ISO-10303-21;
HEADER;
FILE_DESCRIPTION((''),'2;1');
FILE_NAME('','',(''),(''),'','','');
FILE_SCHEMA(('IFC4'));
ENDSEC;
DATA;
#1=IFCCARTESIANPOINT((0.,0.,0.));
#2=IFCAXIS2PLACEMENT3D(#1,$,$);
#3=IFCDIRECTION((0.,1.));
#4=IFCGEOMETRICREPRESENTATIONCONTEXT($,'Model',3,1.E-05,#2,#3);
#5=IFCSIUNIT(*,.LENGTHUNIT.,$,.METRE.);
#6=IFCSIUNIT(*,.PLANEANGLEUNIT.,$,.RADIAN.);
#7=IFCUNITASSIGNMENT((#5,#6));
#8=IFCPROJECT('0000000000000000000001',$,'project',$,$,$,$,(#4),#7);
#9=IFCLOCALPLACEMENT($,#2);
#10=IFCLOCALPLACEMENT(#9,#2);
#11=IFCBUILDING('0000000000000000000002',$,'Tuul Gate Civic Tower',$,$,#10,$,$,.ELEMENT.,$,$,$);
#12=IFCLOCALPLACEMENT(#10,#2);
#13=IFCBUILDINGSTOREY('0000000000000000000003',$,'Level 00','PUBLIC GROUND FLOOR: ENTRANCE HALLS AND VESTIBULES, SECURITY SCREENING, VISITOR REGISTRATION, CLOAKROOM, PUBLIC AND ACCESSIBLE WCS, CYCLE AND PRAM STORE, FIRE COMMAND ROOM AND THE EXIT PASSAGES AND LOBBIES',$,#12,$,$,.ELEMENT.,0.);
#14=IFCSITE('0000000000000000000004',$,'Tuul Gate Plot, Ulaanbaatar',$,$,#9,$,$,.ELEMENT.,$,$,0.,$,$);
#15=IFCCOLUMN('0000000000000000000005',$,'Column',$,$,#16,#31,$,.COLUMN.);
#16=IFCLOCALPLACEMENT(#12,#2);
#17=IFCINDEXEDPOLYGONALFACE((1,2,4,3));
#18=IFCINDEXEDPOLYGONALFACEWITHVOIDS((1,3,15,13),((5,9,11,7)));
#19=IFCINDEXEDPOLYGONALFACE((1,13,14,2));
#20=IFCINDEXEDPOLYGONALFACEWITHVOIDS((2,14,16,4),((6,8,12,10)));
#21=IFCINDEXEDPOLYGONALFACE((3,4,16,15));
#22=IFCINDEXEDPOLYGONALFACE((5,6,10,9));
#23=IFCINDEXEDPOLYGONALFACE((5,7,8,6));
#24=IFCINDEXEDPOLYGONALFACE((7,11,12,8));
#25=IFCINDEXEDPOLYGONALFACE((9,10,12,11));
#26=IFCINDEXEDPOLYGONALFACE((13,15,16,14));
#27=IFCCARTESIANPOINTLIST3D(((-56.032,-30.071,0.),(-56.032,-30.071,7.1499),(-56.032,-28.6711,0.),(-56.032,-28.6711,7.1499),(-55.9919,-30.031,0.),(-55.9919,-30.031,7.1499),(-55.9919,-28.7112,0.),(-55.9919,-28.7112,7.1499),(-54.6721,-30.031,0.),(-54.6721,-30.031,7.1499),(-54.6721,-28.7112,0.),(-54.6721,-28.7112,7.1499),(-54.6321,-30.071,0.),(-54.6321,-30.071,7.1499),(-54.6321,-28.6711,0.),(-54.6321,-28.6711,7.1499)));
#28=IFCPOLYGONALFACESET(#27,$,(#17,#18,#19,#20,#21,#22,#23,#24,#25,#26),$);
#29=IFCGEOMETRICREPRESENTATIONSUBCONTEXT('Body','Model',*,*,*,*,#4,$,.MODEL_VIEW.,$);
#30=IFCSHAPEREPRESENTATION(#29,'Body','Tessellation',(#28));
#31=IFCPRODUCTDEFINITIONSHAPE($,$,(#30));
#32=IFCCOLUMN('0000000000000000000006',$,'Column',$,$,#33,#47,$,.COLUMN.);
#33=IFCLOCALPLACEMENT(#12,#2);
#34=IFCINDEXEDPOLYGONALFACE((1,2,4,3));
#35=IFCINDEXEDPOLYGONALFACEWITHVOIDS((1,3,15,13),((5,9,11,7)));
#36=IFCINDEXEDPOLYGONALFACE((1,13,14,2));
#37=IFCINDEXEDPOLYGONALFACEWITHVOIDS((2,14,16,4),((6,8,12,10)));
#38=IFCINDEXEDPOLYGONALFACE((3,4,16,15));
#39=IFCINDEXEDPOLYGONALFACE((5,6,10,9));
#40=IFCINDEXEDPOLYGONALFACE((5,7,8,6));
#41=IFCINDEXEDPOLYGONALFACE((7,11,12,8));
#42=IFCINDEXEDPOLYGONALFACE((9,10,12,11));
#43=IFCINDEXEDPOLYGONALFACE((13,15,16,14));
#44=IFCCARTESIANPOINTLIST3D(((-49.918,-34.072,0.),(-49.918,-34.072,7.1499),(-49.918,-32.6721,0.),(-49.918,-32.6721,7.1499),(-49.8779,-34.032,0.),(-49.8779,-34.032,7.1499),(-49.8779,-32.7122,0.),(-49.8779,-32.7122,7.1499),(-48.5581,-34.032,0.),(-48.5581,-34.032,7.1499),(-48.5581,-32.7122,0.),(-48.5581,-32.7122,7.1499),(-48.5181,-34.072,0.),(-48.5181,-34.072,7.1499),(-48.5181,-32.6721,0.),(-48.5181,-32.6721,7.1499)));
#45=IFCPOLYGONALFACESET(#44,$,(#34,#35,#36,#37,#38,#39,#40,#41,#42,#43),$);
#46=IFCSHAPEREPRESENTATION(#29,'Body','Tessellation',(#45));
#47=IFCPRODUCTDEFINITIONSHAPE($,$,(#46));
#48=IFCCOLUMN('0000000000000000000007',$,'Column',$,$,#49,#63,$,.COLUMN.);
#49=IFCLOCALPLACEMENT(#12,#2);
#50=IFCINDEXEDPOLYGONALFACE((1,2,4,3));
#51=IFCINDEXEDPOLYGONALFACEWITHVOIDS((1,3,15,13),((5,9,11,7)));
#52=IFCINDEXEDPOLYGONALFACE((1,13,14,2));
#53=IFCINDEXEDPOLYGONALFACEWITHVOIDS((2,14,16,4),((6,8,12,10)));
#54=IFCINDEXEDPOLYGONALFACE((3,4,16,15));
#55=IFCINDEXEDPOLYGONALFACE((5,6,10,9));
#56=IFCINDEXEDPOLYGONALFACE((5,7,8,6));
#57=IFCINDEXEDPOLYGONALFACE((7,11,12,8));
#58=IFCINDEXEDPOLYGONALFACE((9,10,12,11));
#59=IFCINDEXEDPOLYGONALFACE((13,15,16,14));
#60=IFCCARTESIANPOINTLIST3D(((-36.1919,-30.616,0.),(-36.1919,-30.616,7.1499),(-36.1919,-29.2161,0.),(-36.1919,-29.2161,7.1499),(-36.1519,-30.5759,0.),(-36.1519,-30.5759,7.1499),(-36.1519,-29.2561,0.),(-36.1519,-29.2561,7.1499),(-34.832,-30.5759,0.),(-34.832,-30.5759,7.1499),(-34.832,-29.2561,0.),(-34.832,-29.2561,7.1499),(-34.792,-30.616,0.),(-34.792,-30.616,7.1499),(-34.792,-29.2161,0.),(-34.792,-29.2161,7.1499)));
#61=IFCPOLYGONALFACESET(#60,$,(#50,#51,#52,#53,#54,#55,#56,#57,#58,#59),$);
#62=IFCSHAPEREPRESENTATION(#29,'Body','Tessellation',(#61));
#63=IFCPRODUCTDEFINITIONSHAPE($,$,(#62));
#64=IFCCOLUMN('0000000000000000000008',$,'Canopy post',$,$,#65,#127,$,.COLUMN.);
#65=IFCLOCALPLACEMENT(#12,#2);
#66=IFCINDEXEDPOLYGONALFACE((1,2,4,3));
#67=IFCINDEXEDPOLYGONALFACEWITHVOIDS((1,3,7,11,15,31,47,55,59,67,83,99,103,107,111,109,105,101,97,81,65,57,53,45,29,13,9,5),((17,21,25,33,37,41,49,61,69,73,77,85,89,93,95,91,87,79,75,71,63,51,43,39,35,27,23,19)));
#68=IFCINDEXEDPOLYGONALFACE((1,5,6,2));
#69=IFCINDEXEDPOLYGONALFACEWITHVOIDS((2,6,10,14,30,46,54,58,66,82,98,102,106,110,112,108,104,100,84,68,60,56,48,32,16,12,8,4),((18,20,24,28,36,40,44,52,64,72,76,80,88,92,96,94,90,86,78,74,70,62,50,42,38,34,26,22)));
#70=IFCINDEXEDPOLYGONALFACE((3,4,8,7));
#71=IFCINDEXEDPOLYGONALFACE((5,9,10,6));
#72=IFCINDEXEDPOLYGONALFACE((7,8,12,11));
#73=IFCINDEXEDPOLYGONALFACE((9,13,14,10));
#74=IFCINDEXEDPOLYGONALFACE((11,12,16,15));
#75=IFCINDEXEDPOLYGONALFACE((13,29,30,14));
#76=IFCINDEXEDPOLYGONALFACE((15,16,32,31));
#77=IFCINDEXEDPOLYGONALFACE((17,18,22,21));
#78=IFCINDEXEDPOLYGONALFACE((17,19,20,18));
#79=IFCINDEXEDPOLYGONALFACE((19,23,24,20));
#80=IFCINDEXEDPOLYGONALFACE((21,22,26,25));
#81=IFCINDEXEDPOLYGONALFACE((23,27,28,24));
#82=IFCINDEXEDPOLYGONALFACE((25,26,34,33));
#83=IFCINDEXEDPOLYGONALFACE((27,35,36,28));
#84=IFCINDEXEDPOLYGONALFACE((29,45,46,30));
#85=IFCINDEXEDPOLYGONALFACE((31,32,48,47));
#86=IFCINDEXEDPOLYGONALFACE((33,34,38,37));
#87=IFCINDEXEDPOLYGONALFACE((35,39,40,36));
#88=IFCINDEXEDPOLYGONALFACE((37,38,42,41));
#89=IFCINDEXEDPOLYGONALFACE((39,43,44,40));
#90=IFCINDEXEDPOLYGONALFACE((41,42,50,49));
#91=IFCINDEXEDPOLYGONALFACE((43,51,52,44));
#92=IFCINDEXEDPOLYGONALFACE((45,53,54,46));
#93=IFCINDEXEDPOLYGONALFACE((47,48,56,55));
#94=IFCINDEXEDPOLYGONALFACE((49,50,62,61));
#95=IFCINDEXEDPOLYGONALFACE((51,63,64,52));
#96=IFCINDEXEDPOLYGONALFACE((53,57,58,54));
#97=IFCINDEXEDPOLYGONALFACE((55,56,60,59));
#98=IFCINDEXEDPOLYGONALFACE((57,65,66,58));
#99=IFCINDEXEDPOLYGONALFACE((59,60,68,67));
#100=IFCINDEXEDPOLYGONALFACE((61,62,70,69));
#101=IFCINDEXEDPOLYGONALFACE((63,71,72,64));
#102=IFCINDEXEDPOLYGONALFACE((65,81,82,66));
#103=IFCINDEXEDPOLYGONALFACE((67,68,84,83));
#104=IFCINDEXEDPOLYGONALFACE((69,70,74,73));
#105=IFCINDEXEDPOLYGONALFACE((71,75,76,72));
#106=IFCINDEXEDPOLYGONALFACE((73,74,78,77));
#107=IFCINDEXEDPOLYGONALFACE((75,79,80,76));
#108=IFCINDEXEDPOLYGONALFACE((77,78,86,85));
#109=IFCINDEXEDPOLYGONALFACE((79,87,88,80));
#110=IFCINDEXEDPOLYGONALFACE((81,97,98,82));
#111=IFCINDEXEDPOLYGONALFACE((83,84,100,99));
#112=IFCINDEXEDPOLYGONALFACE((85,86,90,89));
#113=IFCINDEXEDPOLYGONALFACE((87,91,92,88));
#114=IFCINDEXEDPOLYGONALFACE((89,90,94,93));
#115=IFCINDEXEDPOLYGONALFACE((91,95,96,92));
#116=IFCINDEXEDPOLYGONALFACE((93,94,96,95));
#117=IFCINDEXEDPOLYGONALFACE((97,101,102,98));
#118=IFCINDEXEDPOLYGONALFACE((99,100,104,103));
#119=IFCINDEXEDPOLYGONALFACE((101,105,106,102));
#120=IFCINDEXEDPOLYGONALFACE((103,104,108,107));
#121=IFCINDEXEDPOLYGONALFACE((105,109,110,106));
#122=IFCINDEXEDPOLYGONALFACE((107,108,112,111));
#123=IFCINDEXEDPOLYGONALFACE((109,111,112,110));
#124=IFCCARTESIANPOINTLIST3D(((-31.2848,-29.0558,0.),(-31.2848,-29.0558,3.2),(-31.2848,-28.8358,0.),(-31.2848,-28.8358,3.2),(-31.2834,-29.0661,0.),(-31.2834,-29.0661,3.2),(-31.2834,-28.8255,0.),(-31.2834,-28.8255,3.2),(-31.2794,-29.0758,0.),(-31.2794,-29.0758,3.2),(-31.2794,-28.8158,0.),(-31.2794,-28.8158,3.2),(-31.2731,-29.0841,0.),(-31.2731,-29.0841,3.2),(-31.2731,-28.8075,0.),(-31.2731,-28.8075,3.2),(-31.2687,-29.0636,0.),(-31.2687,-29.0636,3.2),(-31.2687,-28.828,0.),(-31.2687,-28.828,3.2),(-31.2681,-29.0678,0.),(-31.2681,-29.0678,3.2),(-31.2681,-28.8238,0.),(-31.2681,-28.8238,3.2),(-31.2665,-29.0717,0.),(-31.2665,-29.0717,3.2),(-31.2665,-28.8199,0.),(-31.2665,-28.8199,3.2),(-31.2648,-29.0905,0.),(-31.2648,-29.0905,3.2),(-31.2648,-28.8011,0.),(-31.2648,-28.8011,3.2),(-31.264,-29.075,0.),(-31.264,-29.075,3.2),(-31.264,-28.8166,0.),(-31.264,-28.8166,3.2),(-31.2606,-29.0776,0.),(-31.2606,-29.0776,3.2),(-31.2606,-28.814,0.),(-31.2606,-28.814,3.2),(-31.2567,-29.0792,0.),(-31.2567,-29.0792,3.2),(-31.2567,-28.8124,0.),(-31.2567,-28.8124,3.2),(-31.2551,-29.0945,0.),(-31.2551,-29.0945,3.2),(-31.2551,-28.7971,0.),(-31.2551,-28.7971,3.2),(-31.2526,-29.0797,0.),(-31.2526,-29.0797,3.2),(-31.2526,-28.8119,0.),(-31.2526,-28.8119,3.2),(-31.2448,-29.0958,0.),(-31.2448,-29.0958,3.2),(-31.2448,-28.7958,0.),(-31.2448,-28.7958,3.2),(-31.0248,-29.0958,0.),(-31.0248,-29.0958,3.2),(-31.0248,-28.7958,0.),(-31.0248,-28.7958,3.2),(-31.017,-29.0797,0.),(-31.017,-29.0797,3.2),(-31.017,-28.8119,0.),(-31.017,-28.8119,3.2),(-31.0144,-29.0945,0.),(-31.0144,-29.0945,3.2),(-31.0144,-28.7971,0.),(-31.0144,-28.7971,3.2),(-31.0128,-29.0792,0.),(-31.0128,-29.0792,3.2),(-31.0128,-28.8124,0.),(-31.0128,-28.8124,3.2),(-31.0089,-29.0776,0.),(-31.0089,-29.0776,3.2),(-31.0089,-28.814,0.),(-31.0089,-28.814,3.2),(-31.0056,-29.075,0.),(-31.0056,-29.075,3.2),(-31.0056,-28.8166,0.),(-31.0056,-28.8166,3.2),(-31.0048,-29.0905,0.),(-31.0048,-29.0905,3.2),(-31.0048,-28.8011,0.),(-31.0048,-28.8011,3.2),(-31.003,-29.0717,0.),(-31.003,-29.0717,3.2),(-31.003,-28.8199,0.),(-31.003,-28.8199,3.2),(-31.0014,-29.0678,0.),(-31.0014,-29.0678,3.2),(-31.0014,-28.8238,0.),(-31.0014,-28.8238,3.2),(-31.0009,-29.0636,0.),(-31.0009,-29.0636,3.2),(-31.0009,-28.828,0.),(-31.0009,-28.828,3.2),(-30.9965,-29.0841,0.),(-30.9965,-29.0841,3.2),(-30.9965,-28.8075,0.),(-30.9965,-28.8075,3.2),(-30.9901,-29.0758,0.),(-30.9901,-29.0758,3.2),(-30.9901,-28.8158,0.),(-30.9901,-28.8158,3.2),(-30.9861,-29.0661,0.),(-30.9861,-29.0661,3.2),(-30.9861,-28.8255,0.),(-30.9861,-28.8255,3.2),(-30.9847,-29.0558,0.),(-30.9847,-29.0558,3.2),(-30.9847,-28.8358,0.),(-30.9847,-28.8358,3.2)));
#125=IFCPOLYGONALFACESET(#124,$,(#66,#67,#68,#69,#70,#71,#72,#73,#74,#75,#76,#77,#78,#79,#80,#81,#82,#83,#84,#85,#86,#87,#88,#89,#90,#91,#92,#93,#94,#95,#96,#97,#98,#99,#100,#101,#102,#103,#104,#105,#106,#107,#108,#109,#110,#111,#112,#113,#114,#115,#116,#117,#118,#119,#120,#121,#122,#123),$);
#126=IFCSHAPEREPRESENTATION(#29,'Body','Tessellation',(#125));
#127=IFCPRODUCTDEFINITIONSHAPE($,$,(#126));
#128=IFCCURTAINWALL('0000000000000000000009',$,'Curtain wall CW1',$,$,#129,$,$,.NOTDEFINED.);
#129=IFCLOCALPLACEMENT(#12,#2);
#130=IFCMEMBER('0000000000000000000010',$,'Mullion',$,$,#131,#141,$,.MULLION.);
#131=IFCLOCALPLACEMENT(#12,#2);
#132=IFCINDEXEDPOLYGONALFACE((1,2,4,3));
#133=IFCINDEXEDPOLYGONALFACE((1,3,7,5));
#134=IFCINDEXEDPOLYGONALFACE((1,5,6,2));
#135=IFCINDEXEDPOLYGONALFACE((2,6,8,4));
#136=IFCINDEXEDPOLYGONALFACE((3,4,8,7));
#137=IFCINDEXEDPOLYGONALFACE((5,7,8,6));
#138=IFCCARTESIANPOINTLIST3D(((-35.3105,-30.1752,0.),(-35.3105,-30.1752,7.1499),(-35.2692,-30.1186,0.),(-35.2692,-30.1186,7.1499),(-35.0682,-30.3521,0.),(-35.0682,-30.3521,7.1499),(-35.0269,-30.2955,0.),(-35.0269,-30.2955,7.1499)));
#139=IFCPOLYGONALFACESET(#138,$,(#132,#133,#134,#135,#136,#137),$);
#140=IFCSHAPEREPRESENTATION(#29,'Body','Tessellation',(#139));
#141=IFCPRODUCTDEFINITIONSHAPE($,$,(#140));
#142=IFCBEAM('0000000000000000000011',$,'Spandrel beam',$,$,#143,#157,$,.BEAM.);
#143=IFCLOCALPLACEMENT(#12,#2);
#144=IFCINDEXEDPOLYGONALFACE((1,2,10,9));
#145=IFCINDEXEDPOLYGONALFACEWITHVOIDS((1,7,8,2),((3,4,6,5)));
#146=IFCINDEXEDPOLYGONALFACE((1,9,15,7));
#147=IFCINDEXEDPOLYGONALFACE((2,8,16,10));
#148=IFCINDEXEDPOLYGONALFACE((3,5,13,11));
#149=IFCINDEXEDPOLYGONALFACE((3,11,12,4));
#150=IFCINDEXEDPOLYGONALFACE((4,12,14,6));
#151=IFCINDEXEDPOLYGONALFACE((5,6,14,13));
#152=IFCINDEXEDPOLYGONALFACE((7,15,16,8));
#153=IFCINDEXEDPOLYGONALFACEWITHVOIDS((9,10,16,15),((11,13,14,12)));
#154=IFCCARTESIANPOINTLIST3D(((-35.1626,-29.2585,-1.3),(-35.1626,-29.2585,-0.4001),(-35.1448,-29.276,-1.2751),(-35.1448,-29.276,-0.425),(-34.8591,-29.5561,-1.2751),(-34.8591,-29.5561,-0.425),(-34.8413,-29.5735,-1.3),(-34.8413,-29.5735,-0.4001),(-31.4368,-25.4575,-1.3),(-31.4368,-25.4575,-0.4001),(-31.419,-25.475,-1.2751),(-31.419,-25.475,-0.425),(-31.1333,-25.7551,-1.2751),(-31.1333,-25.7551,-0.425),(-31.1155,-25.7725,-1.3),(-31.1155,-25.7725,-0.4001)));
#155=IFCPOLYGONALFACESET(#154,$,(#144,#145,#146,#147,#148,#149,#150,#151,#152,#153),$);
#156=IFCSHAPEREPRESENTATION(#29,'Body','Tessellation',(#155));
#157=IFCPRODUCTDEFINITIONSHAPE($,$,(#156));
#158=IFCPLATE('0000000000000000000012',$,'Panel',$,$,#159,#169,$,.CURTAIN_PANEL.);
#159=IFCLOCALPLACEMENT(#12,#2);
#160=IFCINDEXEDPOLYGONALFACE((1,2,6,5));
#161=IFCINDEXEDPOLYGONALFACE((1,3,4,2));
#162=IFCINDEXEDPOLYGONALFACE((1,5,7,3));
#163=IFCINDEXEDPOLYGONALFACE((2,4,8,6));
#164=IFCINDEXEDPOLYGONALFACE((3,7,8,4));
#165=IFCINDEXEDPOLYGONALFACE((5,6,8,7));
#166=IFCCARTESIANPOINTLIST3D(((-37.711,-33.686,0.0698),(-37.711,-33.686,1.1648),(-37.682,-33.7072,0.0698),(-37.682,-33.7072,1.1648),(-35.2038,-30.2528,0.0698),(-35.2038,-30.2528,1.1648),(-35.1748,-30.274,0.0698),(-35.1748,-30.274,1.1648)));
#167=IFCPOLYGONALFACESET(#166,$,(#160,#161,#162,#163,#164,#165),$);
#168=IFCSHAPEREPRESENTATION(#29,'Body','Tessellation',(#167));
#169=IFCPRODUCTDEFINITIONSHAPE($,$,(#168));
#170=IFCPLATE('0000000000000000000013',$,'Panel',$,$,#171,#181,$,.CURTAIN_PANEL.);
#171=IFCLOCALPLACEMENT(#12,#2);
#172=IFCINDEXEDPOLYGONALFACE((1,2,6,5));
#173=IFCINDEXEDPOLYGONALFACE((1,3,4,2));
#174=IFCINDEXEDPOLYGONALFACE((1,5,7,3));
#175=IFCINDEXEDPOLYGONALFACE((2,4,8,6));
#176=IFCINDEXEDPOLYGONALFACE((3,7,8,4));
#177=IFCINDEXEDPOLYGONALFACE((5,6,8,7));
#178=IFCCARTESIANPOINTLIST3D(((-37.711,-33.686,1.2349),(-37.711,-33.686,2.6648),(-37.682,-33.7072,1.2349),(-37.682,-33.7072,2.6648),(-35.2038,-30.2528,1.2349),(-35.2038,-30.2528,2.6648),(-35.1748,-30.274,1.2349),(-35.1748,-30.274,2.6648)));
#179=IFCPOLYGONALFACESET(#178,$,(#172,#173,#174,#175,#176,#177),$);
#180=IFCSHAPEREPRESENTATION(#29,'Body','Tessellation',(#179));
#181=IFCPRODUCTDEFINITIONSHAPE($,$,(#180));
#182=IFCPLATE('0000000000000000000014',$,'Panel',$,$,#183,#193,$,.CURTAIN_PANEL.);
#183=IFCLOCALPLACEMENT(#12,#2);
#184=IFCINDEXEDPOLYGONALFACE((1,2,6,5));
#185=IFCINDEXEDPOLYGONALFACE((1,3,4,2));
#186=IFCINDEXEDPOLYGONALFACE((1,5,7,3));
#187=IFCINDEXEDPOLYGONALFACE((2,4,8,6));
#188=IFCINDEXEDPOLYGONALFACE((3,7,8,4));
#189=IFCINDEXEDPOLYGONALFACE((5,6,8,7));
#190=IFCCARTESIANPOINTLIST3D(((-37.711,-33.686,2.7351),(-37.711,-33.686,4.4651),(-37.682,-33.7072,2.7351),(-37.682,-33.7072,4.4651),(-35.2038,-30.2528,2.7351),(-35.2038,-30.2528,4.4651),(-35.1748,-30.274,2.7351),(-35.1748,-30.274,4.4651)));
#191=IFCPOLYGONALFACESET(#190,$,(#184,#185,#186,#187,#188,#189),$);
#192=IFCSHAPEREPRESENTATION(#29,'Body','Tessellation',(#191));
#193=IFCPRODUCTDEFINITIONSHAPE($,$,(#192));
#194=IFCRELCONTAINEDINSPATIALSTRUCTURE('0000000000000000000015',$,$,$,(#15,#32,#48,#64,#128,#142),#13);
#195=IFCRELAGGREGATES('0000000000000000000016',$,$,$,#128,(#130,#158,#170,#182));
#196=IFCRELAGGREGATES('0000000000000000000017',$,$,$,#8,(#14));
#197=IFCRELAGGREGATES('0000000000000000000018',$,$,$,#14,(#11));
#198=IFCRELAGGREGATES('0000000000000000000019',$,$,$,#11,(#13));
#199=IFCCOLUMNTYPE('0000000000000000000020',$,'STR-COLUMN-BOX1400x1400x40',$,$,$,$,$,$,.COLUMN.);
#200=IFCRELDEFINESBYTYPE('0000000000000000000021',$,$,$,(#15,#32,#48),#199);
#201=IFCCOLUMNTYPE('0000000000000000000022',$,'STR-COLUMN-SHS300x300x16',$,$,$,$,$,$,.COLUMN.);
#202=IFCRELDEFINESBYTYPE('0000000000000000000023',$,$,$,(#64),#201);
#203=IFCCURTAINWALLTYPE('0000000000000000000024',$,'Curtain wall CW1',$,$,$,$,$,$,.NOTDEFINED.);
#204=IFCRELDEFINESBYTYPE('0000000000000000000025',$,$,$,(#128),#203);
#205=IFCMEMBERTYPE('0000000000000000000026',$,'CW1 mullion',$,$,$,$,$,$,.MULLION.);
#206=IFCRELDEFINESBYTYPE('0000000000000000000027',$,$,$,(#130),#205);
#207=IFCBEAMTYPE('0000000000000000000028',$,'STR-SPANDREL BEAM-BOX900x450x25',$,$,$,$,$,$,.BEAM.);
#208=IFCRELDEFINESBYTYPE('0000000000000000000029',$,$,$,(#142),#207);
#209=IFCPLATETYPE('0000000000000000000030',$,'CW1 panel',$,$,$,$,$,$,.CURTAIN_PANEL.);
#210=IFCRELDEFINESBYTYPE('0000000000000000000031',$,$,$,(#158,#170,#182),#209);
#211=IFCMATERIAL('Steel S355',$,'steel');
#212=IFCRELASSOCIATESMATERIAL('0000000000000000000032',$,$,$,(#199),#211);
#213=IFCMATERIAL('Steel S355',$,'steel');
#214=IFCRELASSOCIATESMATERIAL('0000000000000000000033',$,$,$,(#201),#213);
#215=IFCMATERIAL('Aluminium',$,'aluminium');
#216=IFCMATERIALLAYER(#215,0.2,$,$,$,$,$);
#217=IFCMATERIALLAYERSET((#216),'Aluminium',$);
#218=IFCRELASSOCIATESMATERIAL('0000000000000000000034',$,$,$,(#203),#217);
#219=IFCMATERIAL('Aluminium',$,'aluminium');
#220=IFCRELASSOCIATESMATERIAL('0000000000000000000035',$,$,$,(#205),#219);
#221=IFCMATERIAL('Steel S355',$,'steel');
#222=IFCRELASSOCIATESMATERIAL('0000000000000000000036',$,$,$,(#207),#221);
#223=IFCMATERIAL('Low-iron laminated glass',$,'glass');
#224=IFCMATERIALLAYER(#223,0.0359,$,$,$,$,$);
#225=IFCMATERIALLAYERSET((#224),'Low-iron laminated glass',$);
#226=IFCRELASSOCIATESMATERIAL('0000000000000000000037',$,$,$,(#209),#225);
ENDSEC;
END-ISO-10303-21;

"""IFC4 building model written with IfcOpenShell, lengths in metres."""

from ifc_helpers import new_model, si_unit, direction, frame, origin, origin_2d, place, context, subcontext, project, spatial, rectangle, hollow_rectangle, extrude, material, layer, layer_set, material_profile, profile_set, type_object, element, aggregate, save


model = new_model("IFC4")

# Units and contexts
model_context = context("Model", 3, precision=1e-05, world=origin(), true_north=direction((0.0, 1.0)))
body_context = subcontext(model_context, "Body", "Model", "MODEL_VIEW")
ifc_project = project(units=[si_unit("LENGTHUNIT", "METRE"), si_unit("PLANEANGLEUNIT", "RADIAN")], contexts=[model_context])

# Site, building, storey
site_placement = place(None, origin())
site = spatial("IfcSite", under=ifc_project, at=site_placement, Name="Tuul Gate Plot, Ulaanbaatar", CompositionType="ELEMENT", RefElevation=0.0)
building_placement = place(site_placement, origin())
building = spatial("IfcBuilding", under=site, at=building_placement, Name="Tuul Gate Civic Tower", CompositionType="ELEMENT")
storey_placement = place(building_placement, origin())
storey = spatial("IfcBuildingStorey", under=building, at=storey_placement, Name="Level 00", Description="PUBLIC GROUND FLOOR: ENTRANCE HALLS AND VESTIBULES, SECURITY SCREENING, VISITOR REGISTRATION, CLOAKROOM, PUBLIC AND ACCESSIBLE WCS, CYCLE AND PRAM STORE, FIRE COMMAND ROOM AND THE EXIT PASSAGES AND LOBBIES", CompositionType="ELEMENT", Elevation=0.0)

# Columns
ifc_material_1 = material(Name="Steel S355", Category="steel")
ifc_material_profile_1 = material_profile(ifc_material_1, hollow_rectangle(XDim=1.3999, YDim=1.3999, WallThickness=0.04, at=origin_2d()), Name="BOX1400x1400x40")
ifc_profile_set_1 = profile_set([ifc_material_profile_1], Name="Steel S355")
column_type_1 = type_object("IfcColumnType", Name="STR-COLUMN-BOX1400x1400x40", PredefinedType="COLUMN", material=ifc_profile_set_1)
for number, where, z_axis, x_axis, name in (
    (1, (-55.332, -29.3711, 0.0), (0.0, 0.0, 1.0), (1.0, 0.0, 0.0), "Column"),
    (2, (-49.218, -33.3721, 0.0), (0.0, 0.0, 1.0), (1.0, 0.0, 0.0), "Column"),
    (3, (-35.4919, -29.916, 0.0), (0.0, 0.0, 1.0), (1.0, 0.0, 0.0), "Column"),
):
    element("IfcColumn", number, at=place(storey_placement, frame(where, z_axis=z_axis, x_axis=x_axis)), inside=storey, type_object=column_type_1, Name=name, PredefinedType="COLUMN", context=body_context, shape_type="SweptSolid", body=[
        extrude(hollow_rectangle(XDim=1.3999, YDim=1.3999, WallThickness=0.04, at=origin_2d()), origin(), (0.0, 0.0, 1.0), 7.1499),
    ])
ifc_material_2 = material(Name="Steel S355", Category="steel")
ifc_material_profile_2 = material_profile(ifc_material_2, hollow_rectangle(XDim=0.3, YDim=0.3, WallThickness=0.0161, InnerFilletRadius=0.0161, OuterFilletRadius=0.04, at=origin_2d()), Name="SHS300x300x16")
ifc_profile_set_2 = profile_set([ifc_material_profile_2], Name="Steel S355")
column_type_2 = type_object("IfcColumnType", Name="STR-COLUMN-SHS300x300x16", PredefinedType="COLUMN", material=ifc_profile_set_2)
column_placement = place(storey_placement, frame((-31.1348, -28.9458, 0.0), z_axis=(0.0, 0.0, 1.0), x_axis=(1.0, 0.0, 0.0)))
element("IfcColumn", 4, at=column_placement, inside=storey, type_object=column_type_2, Name="Canopy post", PredefinedType="COLUMN", context=body_context, shape_type="SweptSolid", body=[
    extrude(hollow_rectangle(XDim=0.3, YDim=0.3, WallThickness=0.0161, InnerFilletRadius=0.0161, OuterFilletRadius=0.04, at=origin_2d()), origin(), (0.0, 0.0, 1.0), 3.2),
])

# Curtain wall, member
ifc_material_3 = material(Name="Aluminium", Category="aluminium")
ifc_layer_1 = layer(ifc_material_3, 0.2)
ifc_layer_set_1 = layer_set([ifc_layer_1], Name="Aluminium")
curtain_wall_type = type_object("IfcCurtainWallType", Name="Curtain wall CW1", PredefinedType="NOTDEFINED", material=ifc_layer_set_1)
curtain_wall_placement = place(storey_placement, origin())
curtain_wall = element("IfcCurtainWall", 5, at=curtain_wall_placement, inside=storey, type_object=curtain_wall_type, Name="Curtain wall CW1", PredefinedType="NOTDEFINED")
ifc_material_4 = material(Name="Aluminium", Category="aluminium")
ifc_material_profile_3 = material_profile(ifc_material_4, rectangle(XDim=0.3, YDim=0.0701, at=origin_2d()), Name="CW1 mullion")
ifc_profile_set_3 = profile_set([ifc_material_profile_3], Name="Aluminium")
member_type = type_object("IfcMemberType", Name="CW1 mullion", PredefinedType="MULLION", material=ifc_profile_set_3)
member_placement = place(storey_placement, frame((-35.1687, -30.2354, 0.0), z_axis=(0.0, 0.0, 1.0), x_axis=(-0.807581, 0.589756, 0.0)))
member = element("IfcMember", 6, at=member_placement, type_object=member_type, Name="Mullion", PredefinedType="MULLION", context=body_context, shape_type="SweptSolid", body=[
    extrude(rectangle(XDim=0.3, YDim=0.0701, at=origin_2d()), origin(), (0.0, 0.0, 1.0), 7.1499),
])

# Beam
ifc_material_5 = material(Name="Steel S355", Category="steel")
ifc_material_profile_4 = material_profile(ifc_material_5, hollow_rectangle(XDim=0.45, YDim=0.8999, WallThickness=0.0249, at=origin_2d()), Name="BOX900x450x25")
ifc_profile_set_4 = profile_set([ifc_material_profile_4], Name="Steel S355")
beam_type = type_object("IfcBeamType", Name="STR-SPANDREL BEAM-BOX900x450x25", PredefinedType="BEAM", material=ifc_profile_set_4)
beam_placement = place(storey_placement, frame((-35.002, -29.416, -0.8501), z_axis=(0.700008, 0.714135, 0.0), x_axis=(-0.714135, 0.700008, 0.0)))
element("IfcBeam", 7, at=beam_placement, inside=storey, type_object=beam_type, Name="Spandrel beam", PredefinedType="BEAM", context=body_context, shape_type="SweptSolid", body=[
    extrude(hollow_rectangle(XDim=0.45, YDim=0.8999, WallThickness=0.0249, at=origin_2d()), origin(), (0.0, 0.0, 1.0), 5.3225),
])

# Plates
ifc_material_6 = material(Name="Low-iron laminated glass", Category="glass")
ifc_layer_2 = layer(ifc_material_6, 0.0359)
ifc_layer_set_2 = layer_set([ifc_layer_2], Name="Low-iron laminated glass")
plate_type = type_object("IfcPlateType", Name="CW1 panel", PredefinedType="CURTAIN_PANEL", material=ifc_layer_set_2)
plate_1_placement = place(storey_placement, frame((-36.4429, -31.98, 0.0698), z_axis=(0.0, 0.0, 1.0), x_axis=(0.589756, 0.807581, 0.0)))
plate_1 = element("IfcPlate", 8, at=plate_1_placement, type_object=plate_type, Name="Panel", PredefinedType="CURTAIN_PANEL", context=body_context, shape_type="SweptSolid", body=[
    extrude(rectangle(XDim=4.2512, YDim=0.0359, at=origin_2d()), origin(), (0.0, 0.0, 1.0), 1.095),
])
plate_2_placement = place(storey_placement, frame((-36.4429, -31.98, 1.2349), z_axis=(0.0, 0.0, 1.0), x_axis=(0.589756, 0.807581, 0.0)))
plate_2 = element("IfcPlate", 9, at=plate_2_placement, type_object=plate_type, Name="Panel", PredefinedType="CURTAIN_PANEL", context=body_context, shape_type="SweptSolid", body=[
    extrude(rectangle(XDim=4.2512, YDim=0.0359, at=origin_2d()), origin(), (0.0, 0.0, 1.0), 1.4299),
])
plate_3_placement = place(storey_placement, frame((-36.4429, -31.98, 2.7351), z_axis=(0.0, 0.0, 1.0), x_axis=(0.589756, 0.807581, 0.0)))
plate_3 = element("IfcPlate", 10, at=plate_3_placement, type_object=plate_type, Name="Panel", PredefinedType="CURTAIN_PANEL", context=body_context, shape_type="SweptSolid", body=[
    extrude(rectangle(XDim=4.2512, YDim=0.0359, at=origin_2d()), origin(), (0.0, 0.0, 1.0), 1.73),
])
aggregate(curtain_wall, [member, plate_1, plate_2, plate_3])

save(model, "model.ifc")
